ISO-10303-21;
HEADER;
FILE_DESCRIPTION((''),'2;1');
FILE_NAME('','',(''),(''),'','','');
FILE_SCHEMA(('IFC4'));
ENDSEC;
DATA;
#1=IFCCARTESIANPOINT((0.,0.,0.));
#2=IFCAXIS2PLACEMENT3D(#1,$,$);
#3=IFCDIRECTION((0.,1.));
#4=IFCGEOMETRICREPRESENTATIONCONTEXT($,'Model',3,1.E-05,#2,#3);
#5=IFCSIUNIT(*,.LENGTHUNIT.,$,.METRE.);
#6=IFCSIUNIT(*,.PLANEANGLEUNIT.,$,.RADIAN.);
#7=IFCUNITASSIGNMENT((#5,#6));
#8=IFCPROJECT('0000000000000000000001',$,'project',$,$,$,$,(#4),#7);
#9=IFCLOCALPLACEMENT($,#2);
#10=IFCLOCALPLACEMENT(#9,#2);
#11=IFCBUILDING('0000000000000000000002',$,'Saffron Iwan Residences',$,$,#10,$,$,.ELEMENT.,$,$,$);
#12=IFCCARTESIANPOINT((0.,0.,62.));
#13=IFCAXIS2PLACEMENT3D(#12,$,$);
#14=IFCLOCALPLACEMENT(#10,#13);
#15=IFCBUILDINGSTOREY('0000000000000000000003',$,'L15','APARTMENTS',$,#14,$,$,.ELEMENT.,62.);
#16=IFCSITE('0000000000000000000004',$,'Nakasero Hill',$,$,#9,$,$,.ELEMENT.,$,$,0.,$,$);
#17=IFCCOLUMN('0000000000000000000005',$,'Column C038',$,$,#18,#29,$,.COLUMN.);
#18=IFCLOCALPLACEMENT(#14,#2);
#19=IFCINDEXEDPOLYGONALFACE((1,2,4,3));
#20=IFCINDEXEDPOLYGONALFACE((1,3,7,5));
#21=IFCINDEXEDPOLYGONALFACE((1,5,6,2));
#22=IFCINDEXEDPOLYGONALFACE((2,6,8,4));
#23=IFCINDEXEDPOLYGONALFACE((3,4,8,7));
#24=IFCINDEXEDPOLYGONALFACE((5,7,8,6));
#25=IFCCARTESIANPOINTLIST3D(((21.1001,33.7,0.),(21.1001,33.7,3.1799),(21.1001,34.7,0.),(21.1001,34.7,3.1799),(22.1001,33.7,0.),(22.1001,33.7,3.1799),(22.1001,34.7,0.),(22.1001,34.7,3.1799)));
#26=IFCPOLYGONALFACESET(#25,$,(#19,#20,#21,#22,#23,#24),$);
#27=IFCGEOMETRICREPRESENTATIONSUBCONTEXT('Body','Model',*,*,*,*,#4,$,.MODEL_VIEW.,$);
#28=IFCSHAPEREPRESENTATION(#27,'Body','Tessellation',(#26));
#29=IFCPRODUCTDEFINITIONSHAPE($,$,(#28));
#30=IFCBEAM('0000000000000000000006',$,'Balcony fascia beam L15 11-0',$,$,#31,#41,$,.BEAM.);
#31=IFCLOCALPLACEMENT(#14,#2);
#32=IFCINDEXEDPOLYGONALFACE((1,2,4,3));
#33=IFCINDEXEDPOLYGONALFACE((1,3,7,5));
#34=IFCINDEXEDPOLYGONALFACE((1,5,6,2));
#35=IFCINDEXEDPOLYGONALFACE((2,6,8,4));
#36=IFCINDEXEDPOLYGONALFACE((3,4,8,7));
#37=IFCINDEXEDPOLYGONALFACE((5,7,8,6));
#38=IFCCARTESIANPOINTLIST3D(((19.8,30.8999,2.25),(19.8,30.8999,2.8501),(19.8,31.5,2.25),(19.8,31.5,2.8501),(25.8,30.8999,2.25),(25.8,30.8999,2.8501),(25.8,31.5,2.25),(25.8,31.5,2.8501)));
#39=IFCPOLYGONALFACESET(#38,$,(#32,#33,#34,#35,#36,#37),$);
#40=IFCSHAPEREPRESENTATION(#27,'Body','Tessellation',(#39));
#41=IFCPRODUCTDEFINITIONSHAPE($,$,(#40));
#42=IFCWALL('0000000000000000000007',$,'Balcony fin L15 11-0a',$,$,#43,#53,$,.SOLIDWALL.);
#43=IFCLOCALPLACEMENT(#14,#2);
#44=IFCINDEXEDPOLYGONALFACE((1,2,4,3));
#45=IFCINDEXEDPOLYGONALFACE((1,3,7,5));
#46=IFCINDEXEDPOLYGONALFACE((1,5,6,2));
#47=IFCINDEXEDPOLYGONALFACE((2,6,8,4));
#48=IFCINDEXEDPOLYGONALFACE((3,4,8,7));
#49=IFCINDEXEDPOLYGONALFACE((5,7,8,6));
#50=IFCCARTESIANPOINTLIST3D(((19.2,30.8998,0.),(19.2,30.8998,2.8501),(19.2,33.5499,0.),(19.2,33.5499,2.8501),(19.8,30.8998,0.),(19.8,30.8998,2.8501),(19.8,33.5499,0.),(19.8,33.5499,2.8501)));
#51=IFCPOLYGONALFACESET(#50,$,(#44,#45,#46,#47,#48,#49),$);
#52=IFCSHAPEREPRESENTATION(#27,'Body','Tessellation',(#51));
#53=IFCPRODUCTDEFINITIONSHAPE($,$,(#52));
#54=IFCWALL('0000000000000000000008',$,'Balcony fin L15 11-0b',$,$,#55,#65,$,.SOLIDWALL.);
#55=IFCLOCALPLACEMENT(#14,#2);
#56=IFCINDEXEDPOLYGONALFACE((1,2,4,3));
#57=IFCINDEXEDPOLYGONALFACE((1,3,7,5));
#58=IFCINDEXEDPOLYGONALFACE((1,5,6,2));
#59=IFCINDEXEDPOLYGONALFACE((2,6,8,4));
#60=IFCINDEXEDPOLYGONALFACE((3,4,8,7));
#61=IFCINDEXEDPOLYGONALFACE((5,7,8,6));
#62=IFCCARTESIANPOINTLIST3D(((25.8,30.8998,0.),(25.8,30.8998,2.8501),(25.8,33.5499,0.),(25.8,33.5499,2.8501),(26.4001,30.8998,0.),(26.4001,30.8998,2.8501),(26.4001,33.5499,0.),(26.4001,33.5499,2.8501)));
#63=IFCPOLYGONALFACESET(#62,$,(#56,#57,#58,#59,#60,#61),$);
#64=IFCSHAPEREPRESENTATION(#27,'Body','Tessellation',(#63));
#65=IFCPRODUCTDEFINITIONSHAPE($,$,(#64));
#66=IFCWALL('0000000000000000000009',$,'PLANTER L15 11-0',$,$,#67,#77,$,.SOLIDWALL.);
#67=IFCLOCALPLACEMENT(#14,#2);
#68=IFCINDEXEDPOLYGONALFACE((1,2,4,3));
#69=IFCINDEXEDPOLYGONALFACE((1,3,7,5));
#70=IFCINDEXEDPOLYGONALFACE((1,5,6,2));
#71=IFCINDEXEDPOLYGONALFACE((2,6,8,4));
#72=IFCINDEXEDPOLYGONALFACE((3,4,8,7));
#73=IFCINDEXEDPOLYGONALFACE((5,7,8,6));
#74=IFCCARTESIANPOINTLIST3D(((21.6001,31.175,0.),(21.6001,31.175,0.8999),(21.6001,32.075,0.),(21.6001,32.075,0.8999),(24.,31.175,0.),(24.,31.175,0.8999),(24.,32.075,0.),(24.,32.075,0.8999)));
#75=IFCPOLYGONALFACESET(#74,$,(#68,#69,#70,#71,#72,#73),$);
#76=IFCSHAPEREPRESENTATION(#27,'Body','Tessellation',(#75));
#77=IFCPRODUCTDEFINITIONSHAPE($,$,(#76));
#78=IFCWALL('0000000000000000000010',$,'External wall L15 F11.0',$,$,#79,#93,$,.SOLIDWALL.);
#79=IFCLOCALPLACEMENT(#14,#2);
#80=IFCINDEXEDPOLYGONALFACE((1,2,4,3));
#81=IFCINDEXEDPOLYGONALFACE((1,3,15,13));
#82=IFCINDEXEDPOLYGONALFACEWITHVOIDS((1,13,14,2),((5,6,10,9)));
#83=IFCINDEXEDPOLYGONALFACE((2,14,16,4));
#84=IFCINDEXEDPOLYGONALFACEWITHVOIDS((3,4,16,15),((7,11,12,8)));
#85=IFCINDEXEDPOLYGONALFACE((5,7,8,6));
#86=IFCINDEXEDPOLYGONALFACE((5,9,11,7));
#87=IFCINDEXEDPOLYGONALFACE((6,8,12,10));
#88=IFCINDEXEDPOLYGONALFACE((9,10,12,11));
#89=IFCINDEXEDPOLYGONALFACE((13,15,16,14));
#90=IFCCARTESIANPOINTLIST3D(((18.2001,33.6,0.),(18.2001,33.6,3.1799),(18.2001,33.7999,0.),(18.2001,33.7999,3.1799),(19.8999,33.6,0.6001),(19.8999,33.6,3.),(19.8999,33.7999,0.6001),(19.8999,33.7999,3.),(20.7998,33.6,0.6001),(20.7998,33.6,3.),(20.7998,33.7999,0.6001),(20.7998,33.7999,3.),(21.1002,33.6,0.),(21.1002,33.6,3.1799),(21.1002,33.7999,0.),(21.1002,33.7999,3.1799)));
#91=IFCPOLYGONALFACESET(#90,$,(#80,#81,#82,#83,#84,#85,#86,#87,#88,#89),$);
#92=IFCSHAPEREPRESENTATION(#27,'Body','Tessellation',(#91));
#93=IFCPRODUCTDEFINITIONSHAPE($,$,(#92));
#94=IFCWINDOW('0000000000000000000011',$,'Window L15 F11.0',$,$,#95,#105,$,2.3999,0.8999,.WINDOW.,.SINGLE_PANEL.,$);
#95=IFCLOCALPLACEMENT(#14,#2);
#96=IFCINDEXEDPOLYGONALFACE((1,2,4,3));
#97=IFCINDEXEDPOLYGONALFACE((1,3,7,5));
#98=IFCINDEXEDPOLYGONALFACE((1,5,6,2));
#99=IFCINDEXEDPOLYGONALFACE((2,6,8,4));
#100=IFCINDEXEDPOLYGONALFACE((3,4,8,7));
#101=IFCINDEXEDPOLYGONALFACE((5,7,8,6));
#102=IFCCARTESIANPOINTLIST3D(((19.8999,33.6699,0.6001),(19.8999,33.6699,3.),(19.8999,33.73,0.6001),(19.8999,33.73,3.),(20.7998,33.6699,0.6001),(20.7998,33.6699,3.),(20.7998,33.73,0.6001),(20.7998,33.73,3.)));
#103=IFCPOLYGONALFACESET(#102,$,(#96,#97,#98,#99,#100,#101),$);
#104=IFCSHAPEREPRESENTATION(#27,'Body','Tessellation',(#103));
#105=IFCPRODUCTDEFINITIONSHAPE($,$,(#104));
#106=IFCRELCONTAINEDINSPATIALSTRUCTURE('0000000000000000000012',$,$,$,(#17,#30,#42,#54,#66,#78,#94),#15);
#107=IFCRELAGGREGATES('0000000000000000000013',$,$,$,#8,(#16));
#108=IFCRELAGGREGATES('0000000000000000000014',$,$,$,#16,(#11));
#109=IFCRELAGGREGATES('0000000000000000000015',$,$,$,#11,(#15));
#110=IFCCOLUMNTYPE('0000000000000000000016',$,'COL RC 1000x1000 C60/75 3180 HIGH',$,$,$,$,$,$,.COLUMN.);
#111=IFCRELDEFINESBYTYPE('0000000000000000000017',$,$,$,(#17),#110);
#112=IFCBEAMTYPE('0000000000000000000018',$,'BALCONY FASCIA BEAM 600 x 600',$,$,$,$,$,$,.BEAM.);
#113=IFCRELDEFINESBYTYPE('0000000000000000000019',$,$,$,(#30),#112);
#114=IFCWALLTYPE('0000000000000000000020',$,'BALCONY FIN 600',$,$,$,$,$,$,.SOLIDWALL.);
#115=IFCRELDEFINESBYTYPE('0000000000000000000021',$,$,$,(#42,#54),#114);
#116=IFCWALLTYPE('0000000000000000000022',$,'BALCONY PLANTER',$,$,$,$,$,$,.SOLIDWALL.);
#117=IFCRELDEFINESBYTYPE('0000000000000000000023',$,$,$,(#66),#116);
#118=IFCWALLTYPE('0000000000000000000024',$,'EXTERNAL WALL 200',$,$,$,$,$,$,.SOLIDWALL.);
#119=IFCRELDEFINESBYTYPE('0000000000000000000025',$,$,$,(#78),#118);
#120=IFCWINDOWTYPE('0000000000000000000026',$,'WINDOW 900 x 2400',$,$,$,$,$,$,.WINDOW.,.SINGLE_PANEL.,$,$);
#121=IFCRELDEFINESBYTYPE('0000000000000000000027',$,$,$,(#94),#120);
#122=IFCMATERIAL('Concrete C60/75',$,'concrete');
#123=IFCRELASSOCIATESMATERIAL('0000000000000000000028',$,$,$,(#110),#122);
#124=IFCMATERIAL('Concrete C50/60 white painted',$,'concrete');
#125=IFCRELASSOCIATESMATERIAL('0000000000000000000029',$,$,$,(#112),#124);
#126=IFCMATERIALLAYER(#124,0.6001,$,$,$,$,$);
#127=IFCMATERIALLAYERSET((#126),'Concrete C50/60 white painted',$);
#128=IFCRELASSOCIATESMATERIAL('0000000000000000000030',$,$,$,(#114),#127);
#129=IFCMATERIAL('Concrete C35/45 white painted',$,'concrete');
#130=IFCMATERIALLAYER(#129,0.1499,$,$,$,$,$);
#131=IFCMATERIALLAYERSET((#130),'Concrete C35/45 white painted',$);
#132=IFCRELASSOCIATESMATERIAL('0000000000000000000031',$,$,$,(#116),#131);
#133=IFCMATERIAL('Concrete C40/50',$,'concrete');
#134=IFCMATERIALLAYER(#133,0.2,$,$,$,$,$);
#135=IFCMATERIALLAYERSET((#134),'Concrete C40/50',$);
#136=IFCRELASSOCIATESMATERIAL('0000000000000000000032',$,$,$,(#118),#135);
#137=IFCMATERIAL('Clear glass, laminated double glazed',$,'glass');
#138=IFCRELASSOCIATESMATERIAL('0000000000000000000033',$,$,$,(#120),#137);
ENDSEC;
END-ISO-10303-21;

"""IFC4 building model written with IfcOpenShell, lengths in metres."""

from ifc_helpers import new_model, si_unit, direction, frame, frame_2d, origin, origin_2d, place, context, subcontext, project, spatial, rectangle, extrude, source, transform, mapped, material, layer, layer_set, material_profile, profile_set, type_object, element, fill, save


model = new_model("IFC4")

# Units and contexts
model_context = context("Model", 3, precision=1e-05, world=origin(), true_north=direction((0.0, 1.0)))
body_context = subcontext(model_context, "Body", "Model", "MODEL_VIEW")
ifc_project = project(units=[si_unit("LENGTHUNIT", "METRE"), si_unit("PLANEANGLEUNIT", "RADIAN")], contexts=[model_context])

# Site, building, storey
site_placement = place(None, origin())
site = spatial("IfcSite", under=ifc_project, at=site_placement, Name="Nakasero Hill", CompositionType="ELEMENT", RefElevation=0.0)
building_placement = place(site_placement, origin())
building = spatial("IfcBuilding", under=site, at=building_placement, Name="Saffron Iwan Residences", CompositionType="ELEMENT")
storey_placement = place(building_placement, frame((0.0, 0.0, 62.0)))
storey = spatial("IfcBuildingStorey", under=building, at=storey_placement, Name="L15", Description="APARTMENTS", CompositionType="ELEMENT", Elevation=62.0)

# Column
ifc_material_1 = material(Name="Concrete C60/75", Category="concrete")
ifc_material_profile_1 = material_profile(ifc_material_1, rectangle(XDim=1.0, YDim=1.0, at=origin_2d()), Name="RC 1000x1000")
ifc_profile_set_1 = profile_set([ifc_material_profile_1], Name="Concrete C60/75")
column_type = type_object("IfcColumnType", Name="COL RC 1000x1000 C60/75 3180 HIGH", PredefinedType="COLUMN", material=ifc_profile_set_1)
shared_shape_1 = source(origin(), body_context, "Body", "SweptSolid", [
    extrude(rectangle(XDim=1.0, YDim=1.0, at=origin_2d()), origin(), (0.0, 0.0, 1.0), 3.1799),
])
column_placement = place(storey_placement, frame((21.6001, 34.2, 0.0), z_axis=(0.0, 0.0, 1.0), x_axis=(1.0, 0.0, 0.0)))
element("IfcColumn", 1, at=column_placement, inside=storey, type_object=column_type, Name="Column C038", PredefinedType="COLUMN", context=body_context, shape_type="MappedRepresentation", body=[
    mapped(shared_shape_1, transform((0.0, 0.0, 0.0))),
])

# Beam
ifc_material_2 = material(Name="Concrete C50/60 white painted", Category="concrete")
ifc_material_profile_2 = material_profile(ifc_material_2, rectangle(XDim=0.6001, YDim=0.6001, at=origin_2d()), Name="BALCONY FASCIA BEAM 600 x 600")
ifc_profile_set_2 = profile_set([ifc_material_profile_2], Name="Concrete C50/60 white painted")
beam_type = type_object("IfcBeamType", Name="BALCONY FASCIA BEAM 600 x 600", PredefinedType="BEAM", material=ifc_profile_set_2)
shared_shape_2 = source(origin(), body_context, "Body", "SweptSolid", [
    extrude(rectangle(XDim=0.6001, YDim=0.6001, at=origin_2d()), origin(), (0.0, 0.0, 1.0), 6.0),
])
beam_placement = place(storey_placement, frame((19.8, 31.2, 2.55), z_axis=(1.0, 0.0, 0.0), x_axis=(0.0, 1.0, 0.0)))
element("IfcBeam", 2, at=beam_placement, inside=storey, type_object=beam_type, Name="Balcony fascia beam L15 11-0", PredefinedType="BEAM", context=body_context, shape_type="MappedRepresentation", body=[
    mapped(shared_shape_2, transform((0.0, 0.0, 0.0))),
])

# Walls
ifc_layer_1 = layer(ifc_material_2, 0.6001)
ifc_layer_set_1 = layer_set([ifc_layer_1], Name="Concrete C50/60 white painted")
wall_type_1 = type_object("IfcWallType", Name="BALCONY FIN 600", PredefinedType="SOLIDWALL", material=ifc_layer_set_1)
for number, where, z_axis, x_axis, name in (
    (3, (19.5, 33.55, 0.0), (0.0, 0.0, 1.0), (0.0, -1.0, 0.0), "Balcony fin L15 11-0a"),
    (4, (26.1001, 33.55, 0.0), (0.0, 0.0, 1.0), (0.0, -1.0, 0.0), "Balcony fin L15 11-0b"),
):
    element("IfcWall", number, at=place(storey_placement, frame(where, z_axis=z_axis, x_axis=x_axis)), inside=storey, type_object=wall_type_1, Name=name, PredefinedType="SOLIDWALL", context=body_context, shape_type="SweptSolid", body=[
        extrude(rectangle(XDim=2.6501, YDim=0.6001, at=frame_2d((1.3252, 0.0))), origin(), (0.0, 0.0, 1.0), 2.8501),
    ])
ifc_material_3 = material(Name="Concrete C35/45 white painted", Category="concrete")
ifc_layer_2 = layer(ifc_material_3, 0.1499)
ifc_layer_set_2 = layer_set([ifc_layer_2], Name="Concrete C35/45 white painted")
wall_type_2 = type_object("IfcWallType", Name="BALCONY PLANTER", PredefinedType="SOLIDWALL", material=ifc_layer_set_2)
wall_1_placement = place(storey_placement, frame((21.6001, 31.625, 0.0), z_axis=(0.0, 0.0, 1.0), x_axis=(1.0, 0.0, 0.0)))
element("IfcWall", 5, at=wall_1_placement, inside=storey, type_object=wall_type_2, Name="PLANTER L15 11-0", PredefinedType="SOLIDWALL", context=body_context, shape_type="SweptSolid", body=[
    extrude(rectangle(XDim=2.3999, YDim=0.8999, at=frame_2d((1.2, 0.0))), origin(), (0.0, 0.0, 1.0), 0.8999),
])

# Wall, opening, window
ifc_material_4 = material(Name="Concrete C40/50", Category="concrete")
ifc_layer_3 = layer(ifc_material_4, 0.2)
ifc_layer_set_3 = layer_set([ifc_layer_3], Name="Concrete C40/50")
wall_type_3 = type_object("IfcWallType", Name="EXTERNAL WALL 200", PredefinedType="SOLIDWALL", material=ifc_layer_set_3)
wall_2_placement = place(storey_placement, frame((18.2, 33.7, 0.0), z_axis=(0.0, 0.0, 1.0), x_axis=(1.0, 0.0, 0.0)))
wall_2 = element("IfcWall", 6, at=wall_2_placement, inside=storey, type_object=wall_type_3, Name="External wall L15 F11.0", PredefinedType="SOLIDWALL", context=body_context, shape_type="SweptSolid", body=[
    extrude(rectangle(XDim=2.9001, YDim=0.2, at=frame_2d((1.4502, 0.0))), origin(), (0.0, 0.0, 1.0), 3.1799),
])
opening_1_placement = place(wall_2_placement, frame((1.7, 0.0, 0.6001)))
opening_1 = element("IfcOpeningElement", 7, at=opening_1_placement, cuts=wall_2, PredefinedType="OPENING", context=body_context, shape_type="SweptSolid", body=[
    extrude(rectangle(XDim=0.8999, YDim=2.3999, at=frame_2d((0.45, 1.2))), frame((0.0, 0.1099, 0.0), z_axis=(0.0, -1.0, 0.0), x_axis=(1.0, 0.0, 0.0)), (0.0, 0.0, 1.0), 0.22),
])
ifc_material_5 = material(Name="Clear glass, laminated double glazed", Category="glass")
window_type_1 = type_object("IfcWindowType", Name="WINDOW 900 x 2400", PartitioningType="SINGLE_PANEL", PredefinedType="WINDOW", material=ifc_material_5)
window_1_placement = place(opening_1_placement, origin())
window_1 = element("IfcWindow", 8, at=window_1_placement, inside=storey, type_object=window_type_1, Name="Window L15 F11.0", OverallHeight=2.3999, OverallWidth=0.8999, PartitioningType="SINGLE_PANEL", PredefinedType="WINDOW", context=body_context, shape_type="SweptSolid", body=[
    extrude(rectangle(XDim=0.8999, YDim=2.3999, at=frame_2d((0.45, 1.2))), frame((0.0, 0.03, 0.0), z_axis=(0.0, -1.0, 0.0), x_axis=(1.0, 0.0, 0.0)), (0.0, 0.0, 1.0), 0.0601),
])
fill(opening_1, window_1)

save(model, "model.ifc")
